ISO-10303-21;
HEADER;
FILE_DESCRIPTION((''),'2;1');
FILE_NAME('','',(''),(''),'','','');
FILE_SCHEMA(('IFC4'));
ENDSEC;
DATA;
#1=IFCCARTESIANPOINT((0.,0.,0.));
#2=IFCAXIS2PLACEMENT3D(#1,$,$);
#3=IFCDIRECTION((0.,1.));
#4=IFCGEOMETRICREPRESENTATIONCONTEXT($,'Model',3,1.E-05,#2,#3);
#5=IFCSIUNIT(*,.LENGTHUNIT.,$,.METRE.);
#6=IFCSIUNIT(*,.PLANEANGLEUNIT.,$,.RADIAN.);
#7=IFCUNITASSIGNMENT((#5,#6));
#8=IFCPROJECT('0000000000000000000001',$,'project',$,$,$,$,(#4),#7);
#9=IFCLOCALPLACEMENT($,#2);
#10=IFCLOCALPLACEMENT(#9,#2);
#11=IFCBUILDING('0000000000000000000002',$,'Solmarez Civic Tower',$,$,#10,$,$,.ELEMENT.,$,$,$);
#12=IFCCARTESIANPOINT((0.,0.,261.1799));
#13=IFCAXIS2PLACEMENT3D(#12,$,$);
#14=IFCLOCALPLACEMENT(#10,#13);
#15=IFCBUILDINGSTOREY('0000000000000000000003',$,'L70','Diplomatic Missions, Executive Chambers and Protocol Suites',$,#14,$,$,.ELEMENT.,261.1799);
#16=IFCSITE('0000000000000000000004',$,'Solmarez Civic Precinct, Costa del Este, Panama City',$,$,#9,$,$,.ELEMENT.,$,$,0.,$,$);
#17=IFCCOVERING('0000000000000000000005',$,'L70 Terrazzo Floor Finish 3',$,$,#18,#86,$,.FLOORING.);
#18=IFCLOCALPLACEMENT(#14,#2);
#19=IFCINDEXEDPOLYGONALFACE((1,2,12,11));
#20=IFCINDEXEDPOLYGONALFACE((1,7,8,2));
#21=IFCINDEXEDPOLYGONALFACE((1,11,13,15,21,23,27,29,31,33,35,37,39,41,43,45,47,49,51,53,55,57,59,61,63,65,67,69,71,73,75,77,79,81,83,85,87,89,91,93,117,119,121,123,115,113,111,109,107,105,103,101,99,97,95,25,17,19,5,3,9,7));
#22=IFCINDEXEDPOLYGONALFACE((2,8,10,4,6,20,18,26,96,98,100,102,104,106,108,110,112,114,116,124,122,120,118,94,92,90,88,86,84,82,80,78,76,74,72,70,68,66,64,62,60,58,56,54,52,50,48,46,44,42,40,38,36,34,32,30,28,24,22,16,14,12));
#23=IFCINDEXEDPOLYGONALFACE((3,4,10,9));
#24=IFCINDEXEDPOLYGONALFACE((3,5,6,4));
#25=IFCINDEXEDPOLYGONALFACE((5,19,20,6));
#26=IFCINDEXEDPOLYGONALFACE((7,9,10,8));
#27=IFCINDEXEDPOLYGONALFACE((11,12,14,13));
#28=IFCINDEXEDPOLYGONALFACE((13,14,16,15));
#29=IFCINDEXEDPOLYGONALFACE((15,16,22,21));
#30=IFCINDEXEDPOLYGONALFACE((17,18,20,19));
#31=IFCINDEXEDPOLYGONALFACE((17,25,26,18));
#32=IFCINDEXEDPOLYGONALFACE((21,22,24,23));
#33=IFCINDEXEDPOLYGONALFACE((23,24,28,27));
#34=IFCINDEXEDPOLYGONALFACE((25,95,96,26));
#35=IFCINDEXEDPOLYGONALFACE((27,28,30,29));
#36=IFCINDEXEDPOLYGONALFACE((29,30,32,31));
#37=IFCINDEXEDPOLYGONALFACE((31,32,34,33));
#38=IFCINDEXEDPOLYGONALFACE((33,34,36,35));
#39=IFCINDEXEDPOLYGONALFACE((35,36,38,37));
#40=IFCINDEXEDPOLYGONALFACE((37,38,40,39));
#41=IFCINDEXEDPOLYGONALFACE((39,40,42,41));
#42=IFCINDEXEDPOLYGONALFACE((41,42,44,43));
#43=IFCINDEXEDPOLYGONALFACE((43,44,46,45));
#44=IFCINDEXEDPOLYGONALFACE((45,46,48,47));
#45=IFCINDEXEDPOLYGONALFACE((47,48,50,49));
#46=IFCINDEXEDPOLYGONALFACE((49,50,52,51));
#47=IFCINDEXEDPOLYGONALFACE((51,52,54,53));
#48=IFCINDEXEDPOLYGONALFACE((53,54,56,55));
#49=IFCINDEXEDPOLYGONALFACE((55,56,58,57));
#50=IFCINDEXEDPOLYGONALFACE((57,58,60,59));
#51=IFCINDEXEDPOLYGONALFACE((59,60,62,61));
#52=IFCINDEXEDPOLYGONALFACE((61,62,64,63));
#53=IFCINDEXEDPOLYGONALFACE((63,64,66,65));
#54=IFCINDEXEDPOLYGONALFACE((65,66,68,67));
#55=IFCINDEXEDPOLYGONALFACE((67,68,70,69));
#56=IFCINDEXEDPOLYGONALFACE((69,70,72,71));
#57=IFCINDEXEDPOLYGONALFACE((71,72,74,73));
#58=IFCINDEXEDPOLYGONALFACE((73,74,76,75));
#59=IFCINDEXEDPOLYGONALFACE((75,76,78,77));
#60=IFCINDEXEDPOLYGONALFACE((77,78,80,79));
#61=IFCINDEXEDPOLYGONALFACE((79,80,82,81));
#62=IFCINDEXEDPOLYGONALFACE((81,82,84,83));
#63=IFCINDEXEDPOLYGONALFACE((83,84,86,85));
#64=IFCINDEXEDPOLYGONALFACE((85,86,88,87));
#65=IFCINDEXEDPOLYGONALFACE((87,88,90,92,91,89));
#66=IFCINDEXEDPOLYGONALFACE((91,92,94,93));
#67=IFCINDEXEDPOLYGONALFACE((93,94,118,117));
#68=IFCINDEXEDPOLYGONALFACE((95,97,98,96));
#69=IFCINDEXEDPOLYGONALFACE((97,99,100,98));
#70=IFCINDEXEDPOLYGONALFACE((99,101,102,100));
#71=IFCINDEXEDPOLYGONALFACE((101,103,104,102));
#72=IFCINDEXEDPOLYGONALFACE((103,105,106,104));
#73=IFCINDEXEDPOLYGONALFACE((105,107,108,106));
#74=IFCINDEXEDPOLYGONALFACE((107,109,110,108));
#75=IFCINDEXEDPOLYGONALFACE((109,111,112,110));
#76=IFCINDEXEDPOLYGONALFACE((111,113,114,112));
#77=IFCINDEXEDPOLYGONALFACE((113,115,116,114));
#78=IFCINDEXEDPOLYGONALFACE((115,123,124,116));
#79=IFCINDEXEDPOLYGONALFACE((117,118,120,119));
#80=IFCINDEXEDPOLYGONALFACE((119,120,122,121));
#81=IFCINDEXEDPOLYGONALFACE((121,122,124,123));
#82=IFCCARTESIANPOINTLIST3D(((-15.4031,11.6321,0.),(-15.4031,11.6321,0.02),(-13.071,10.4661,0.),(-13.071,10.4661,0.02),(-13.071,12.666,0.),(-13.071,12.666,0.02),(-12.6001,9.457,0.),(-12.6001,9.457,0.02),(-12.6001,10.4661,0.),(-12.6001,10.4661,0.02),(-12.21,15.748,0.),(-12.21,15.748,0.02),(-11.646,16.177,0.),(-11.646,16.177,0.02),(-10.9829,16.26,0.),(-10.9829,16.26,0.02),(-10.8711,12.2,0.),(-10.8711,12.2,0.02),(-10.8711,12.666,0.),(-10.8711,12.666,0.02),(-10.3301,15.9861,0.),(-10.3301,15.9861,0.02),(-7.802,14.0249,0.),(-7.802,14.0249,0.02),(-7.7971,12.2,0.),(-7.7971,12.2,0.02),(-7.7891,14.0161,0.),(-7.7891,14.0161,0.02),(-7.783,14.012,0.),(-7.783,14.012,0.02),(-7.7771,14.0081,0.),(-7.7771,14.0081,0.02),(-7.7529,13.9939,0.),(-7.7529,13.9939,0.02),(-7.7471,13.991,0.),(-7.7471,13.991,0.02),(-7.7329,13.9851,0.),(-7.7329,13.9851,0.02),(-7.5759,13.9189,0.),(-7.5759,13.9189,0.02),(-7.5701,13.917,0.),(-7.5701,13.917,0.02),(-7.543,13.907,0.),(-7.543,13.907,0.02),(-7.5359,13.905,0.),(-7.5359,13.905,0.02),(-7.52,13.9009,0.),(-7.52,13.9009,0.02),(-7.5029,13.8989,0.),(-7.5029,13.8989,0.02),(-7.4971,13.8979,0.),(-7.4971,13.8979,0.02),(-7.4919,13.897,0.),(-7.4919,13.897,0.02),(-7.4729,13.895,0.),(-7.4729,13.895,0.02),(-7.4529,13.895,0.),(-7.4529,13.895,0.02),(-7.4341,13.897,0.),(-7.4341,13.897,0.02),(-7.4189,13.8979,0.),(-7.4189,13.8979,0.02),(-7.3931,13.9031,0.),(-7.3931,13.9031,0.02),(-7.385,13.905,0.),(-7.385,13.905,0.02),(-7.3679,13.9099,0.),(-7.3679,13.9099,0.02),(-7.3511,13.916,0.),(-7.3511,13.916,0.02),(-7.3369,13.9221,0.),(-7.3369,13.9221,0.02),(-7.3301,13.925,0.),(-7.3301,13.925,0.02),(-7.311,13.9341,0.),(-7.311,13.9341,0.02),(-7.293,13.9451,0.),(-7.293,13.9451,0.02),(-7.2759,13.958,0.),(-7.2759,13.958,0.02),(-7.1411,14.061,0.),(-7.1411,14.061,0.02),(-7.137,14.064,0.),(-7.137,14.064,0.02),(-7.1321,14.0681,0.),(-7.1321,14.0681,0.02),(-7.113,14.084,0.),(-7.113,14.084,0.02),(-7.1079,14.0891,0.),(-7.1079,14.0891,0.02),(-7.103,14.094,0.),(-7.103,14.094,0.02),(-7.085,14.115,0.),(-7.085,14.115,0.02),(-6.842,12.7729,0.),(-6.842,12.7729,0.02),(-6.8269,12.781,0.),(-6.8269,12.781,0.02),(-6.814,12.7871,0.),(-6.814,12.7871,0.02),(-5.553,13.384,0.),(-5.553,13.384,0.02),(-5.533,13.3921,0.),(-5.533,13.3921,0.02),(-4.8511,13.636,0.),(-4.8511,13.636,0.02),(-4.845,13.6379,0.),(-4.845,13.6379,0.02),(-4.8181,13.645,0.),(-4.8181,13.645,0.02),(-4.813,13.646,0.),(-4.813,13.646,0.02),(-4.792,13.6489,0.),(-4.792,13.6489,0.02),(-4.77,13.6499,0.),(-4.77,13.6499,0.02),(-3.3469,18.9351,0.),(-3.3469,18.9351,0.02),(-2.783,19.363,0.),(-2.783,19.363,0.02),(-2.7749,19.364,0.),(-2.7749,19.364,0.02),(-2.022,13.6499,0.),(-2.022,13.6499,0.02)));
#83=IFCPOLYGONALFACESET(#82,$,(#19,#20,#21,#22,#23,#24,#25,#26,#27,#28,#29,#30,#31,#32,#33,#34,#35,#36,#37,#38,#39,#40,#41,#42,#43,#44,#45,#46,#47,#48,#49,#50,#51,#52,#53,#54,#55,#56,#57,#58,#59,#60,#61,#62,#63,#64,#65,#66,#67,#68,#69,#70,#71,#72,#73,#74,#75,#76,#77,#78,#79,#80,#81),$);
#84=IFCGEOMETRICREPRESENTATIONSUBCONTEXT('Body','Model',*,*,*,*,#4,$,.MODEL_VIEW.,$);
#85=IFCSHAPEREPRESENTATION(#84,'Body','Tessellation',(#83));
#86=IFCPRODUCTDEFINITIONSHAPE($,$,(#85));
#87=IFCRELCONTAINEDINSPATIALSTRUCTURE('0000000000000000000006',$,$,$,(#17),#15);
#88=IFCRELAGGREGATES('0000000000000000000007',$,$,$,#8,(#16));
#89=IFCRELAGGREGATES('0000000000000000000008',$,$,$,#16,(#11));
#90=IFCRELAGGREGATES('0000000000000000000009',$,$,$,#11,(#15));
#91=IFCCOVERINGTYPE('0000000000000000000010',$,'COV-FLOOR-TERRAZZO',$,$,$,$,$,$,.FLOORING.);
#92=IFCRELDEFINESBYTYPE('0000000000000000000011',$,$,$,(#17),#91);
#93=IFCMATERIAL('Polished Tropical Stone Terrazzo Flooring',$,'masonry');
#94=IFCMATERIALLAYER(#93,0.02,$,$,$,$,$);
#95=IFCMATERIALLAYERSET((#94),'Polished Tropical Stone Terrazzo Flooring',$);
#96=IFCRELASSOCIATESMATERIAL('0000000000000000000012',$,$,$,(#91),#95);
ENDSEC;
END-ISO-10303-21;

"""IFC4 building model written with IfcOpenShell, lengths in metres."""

from ifc_helpers import new_model, si_unit, direction, frame, origin, place, context, subcontext, project, spatial, polyline, outline, extrude, material, layer, layer_set, type_object, element, save


model = new_model("IFC4")

# Units and contexts
model_context = context("Model", 3, precision=1e-05, world=origin(), true_north=direction((0.0, 1.0)))
body_context = subcontext(model_context, "Body", "Model", "MODEL_VIEW")
ifc_project = project(units=[si_unit("LENGTHUNIT", "METRE"), si_unit("PLANEANGLEUNIT", "RADIAN")], contexts=[model_context])

# Site, building, storey
site_placement = place(None, origin())
site = spatial("IfcSite", under=ifc_project, at=site_placement, Name="Solmarez Civic Precinct, Costa del Este, Panama City", CompositionType="ELEMENT", RefElevation=0.0)
building_placement = place(site_placement, origin())
building = spatial("IfcBuilding", under=site, at=building_placement, Name="Solmarez Civic Tower", CompositionType="ELEMENT")
storey_placement = place(building_placement, frame((0.0, 0.0, 261.1799)))
storey = spatial("IfcBuildingStorey", under=building, at=storey_placement, Name="L70", Description="Diplomatic Missions, Executive Chambers and Protocol Suites", CompositionType="ELEMENT", Elevation=261.1799)

# Covering
ifc_material_1 = material(Name="Polished Tropical Stone Terrazzo Flooring", Category="masonry")
ifc_layer_1 = layer(ifc_material_1, 0.02)
ifc_layer_set_1 = layer_set([ifc_layer_1], Name="Polished Tropical Stone Terrazzo Flooring")
covering_type_1 = type_object("IfcCoveringType", Name="COV-FLOOR-TERRAZZO", PredefinedType="FLOORING", material=ifc_layer_set_1)
covering_1_placement = place(storey_placement, origin())
element("IfcCovering", 1, at=covering_1_placement, inside=storey, type_object=covering_type_1, Name="L70 Terrazzo Floor Finish 3", PredefinedType="FLOORING", context=body_context, shape_type="SweptSolid", body=[
    extrude(outline(polyline([(-12.6001, 9.457), (-12.6001, 10.4661), (-13.071, 10.4661), (-13.071, 12.666), (-10.8711, 12.666), (-10.8711, 12.2), (-7.7971, 12.2), (-6.842, 12.7729), (-6.8269, 12.781), (-6.814, 12.7871), (-5.553, 13.384), (-5.533, 13.3921), (-4.8511, 13.636), (-4.845, 13.6379), (-4.8181, 13.645), (-4.813, 13.646), (-4.792, 13.6489), (-4.77, 13.6499), (-2.022, 13.6499), (-2.7749, 19.364), (-2.783, 19.363), (-3.3469, 18.9351), (-7.085, 14.115), (-7.103, 14.094), (-7.1079, 14.0891), (-7.113, 14.084), (-7.1321, 14.0681), (-7.137, 14.064), (-7.1411, 14.061), (-7.2759, 13.958), (-7.293, 13.9451), (-7.311, 13.9341), (-7.3301, 13.925), (-7.3369, 13.9221), (-7.3511, 13.916), (-7.3679, 13.9099), (-7.385, 13.905), (-7.3931, 13.9031), (-7.4189, 13.8979), (-7.4341, 13.897), (-7.4529, 13.895), (-7.4729, 13.895), (-7.4919, 13.897), (-7.4971, 13.8979), (-7.5029, 13.8989), (-7.52, 13.9009), (-7.5359, 13.905), (-7.543, 13.907), (-7.5701, 13.917), (-7.5759, 13.9189), (-7.7329, 13.9851), (-7.7471, 13.991), (-7.7529, 13.9939), (-7.7771, 14.0081), (-7.783, 14.012), (-7.7891, 14.0161), (-7.802, 14.0249), (-10.3301, 15.9861), (-10.9829, 16.26), (-11.646, 16.177), (-12.21, 15.748), (-15.4031, 11.6321), (-12.6001, 9.457)])), origin(), (0.0, 0.0, 1.0), 0.02),
])

save(model, "model.ifc")
